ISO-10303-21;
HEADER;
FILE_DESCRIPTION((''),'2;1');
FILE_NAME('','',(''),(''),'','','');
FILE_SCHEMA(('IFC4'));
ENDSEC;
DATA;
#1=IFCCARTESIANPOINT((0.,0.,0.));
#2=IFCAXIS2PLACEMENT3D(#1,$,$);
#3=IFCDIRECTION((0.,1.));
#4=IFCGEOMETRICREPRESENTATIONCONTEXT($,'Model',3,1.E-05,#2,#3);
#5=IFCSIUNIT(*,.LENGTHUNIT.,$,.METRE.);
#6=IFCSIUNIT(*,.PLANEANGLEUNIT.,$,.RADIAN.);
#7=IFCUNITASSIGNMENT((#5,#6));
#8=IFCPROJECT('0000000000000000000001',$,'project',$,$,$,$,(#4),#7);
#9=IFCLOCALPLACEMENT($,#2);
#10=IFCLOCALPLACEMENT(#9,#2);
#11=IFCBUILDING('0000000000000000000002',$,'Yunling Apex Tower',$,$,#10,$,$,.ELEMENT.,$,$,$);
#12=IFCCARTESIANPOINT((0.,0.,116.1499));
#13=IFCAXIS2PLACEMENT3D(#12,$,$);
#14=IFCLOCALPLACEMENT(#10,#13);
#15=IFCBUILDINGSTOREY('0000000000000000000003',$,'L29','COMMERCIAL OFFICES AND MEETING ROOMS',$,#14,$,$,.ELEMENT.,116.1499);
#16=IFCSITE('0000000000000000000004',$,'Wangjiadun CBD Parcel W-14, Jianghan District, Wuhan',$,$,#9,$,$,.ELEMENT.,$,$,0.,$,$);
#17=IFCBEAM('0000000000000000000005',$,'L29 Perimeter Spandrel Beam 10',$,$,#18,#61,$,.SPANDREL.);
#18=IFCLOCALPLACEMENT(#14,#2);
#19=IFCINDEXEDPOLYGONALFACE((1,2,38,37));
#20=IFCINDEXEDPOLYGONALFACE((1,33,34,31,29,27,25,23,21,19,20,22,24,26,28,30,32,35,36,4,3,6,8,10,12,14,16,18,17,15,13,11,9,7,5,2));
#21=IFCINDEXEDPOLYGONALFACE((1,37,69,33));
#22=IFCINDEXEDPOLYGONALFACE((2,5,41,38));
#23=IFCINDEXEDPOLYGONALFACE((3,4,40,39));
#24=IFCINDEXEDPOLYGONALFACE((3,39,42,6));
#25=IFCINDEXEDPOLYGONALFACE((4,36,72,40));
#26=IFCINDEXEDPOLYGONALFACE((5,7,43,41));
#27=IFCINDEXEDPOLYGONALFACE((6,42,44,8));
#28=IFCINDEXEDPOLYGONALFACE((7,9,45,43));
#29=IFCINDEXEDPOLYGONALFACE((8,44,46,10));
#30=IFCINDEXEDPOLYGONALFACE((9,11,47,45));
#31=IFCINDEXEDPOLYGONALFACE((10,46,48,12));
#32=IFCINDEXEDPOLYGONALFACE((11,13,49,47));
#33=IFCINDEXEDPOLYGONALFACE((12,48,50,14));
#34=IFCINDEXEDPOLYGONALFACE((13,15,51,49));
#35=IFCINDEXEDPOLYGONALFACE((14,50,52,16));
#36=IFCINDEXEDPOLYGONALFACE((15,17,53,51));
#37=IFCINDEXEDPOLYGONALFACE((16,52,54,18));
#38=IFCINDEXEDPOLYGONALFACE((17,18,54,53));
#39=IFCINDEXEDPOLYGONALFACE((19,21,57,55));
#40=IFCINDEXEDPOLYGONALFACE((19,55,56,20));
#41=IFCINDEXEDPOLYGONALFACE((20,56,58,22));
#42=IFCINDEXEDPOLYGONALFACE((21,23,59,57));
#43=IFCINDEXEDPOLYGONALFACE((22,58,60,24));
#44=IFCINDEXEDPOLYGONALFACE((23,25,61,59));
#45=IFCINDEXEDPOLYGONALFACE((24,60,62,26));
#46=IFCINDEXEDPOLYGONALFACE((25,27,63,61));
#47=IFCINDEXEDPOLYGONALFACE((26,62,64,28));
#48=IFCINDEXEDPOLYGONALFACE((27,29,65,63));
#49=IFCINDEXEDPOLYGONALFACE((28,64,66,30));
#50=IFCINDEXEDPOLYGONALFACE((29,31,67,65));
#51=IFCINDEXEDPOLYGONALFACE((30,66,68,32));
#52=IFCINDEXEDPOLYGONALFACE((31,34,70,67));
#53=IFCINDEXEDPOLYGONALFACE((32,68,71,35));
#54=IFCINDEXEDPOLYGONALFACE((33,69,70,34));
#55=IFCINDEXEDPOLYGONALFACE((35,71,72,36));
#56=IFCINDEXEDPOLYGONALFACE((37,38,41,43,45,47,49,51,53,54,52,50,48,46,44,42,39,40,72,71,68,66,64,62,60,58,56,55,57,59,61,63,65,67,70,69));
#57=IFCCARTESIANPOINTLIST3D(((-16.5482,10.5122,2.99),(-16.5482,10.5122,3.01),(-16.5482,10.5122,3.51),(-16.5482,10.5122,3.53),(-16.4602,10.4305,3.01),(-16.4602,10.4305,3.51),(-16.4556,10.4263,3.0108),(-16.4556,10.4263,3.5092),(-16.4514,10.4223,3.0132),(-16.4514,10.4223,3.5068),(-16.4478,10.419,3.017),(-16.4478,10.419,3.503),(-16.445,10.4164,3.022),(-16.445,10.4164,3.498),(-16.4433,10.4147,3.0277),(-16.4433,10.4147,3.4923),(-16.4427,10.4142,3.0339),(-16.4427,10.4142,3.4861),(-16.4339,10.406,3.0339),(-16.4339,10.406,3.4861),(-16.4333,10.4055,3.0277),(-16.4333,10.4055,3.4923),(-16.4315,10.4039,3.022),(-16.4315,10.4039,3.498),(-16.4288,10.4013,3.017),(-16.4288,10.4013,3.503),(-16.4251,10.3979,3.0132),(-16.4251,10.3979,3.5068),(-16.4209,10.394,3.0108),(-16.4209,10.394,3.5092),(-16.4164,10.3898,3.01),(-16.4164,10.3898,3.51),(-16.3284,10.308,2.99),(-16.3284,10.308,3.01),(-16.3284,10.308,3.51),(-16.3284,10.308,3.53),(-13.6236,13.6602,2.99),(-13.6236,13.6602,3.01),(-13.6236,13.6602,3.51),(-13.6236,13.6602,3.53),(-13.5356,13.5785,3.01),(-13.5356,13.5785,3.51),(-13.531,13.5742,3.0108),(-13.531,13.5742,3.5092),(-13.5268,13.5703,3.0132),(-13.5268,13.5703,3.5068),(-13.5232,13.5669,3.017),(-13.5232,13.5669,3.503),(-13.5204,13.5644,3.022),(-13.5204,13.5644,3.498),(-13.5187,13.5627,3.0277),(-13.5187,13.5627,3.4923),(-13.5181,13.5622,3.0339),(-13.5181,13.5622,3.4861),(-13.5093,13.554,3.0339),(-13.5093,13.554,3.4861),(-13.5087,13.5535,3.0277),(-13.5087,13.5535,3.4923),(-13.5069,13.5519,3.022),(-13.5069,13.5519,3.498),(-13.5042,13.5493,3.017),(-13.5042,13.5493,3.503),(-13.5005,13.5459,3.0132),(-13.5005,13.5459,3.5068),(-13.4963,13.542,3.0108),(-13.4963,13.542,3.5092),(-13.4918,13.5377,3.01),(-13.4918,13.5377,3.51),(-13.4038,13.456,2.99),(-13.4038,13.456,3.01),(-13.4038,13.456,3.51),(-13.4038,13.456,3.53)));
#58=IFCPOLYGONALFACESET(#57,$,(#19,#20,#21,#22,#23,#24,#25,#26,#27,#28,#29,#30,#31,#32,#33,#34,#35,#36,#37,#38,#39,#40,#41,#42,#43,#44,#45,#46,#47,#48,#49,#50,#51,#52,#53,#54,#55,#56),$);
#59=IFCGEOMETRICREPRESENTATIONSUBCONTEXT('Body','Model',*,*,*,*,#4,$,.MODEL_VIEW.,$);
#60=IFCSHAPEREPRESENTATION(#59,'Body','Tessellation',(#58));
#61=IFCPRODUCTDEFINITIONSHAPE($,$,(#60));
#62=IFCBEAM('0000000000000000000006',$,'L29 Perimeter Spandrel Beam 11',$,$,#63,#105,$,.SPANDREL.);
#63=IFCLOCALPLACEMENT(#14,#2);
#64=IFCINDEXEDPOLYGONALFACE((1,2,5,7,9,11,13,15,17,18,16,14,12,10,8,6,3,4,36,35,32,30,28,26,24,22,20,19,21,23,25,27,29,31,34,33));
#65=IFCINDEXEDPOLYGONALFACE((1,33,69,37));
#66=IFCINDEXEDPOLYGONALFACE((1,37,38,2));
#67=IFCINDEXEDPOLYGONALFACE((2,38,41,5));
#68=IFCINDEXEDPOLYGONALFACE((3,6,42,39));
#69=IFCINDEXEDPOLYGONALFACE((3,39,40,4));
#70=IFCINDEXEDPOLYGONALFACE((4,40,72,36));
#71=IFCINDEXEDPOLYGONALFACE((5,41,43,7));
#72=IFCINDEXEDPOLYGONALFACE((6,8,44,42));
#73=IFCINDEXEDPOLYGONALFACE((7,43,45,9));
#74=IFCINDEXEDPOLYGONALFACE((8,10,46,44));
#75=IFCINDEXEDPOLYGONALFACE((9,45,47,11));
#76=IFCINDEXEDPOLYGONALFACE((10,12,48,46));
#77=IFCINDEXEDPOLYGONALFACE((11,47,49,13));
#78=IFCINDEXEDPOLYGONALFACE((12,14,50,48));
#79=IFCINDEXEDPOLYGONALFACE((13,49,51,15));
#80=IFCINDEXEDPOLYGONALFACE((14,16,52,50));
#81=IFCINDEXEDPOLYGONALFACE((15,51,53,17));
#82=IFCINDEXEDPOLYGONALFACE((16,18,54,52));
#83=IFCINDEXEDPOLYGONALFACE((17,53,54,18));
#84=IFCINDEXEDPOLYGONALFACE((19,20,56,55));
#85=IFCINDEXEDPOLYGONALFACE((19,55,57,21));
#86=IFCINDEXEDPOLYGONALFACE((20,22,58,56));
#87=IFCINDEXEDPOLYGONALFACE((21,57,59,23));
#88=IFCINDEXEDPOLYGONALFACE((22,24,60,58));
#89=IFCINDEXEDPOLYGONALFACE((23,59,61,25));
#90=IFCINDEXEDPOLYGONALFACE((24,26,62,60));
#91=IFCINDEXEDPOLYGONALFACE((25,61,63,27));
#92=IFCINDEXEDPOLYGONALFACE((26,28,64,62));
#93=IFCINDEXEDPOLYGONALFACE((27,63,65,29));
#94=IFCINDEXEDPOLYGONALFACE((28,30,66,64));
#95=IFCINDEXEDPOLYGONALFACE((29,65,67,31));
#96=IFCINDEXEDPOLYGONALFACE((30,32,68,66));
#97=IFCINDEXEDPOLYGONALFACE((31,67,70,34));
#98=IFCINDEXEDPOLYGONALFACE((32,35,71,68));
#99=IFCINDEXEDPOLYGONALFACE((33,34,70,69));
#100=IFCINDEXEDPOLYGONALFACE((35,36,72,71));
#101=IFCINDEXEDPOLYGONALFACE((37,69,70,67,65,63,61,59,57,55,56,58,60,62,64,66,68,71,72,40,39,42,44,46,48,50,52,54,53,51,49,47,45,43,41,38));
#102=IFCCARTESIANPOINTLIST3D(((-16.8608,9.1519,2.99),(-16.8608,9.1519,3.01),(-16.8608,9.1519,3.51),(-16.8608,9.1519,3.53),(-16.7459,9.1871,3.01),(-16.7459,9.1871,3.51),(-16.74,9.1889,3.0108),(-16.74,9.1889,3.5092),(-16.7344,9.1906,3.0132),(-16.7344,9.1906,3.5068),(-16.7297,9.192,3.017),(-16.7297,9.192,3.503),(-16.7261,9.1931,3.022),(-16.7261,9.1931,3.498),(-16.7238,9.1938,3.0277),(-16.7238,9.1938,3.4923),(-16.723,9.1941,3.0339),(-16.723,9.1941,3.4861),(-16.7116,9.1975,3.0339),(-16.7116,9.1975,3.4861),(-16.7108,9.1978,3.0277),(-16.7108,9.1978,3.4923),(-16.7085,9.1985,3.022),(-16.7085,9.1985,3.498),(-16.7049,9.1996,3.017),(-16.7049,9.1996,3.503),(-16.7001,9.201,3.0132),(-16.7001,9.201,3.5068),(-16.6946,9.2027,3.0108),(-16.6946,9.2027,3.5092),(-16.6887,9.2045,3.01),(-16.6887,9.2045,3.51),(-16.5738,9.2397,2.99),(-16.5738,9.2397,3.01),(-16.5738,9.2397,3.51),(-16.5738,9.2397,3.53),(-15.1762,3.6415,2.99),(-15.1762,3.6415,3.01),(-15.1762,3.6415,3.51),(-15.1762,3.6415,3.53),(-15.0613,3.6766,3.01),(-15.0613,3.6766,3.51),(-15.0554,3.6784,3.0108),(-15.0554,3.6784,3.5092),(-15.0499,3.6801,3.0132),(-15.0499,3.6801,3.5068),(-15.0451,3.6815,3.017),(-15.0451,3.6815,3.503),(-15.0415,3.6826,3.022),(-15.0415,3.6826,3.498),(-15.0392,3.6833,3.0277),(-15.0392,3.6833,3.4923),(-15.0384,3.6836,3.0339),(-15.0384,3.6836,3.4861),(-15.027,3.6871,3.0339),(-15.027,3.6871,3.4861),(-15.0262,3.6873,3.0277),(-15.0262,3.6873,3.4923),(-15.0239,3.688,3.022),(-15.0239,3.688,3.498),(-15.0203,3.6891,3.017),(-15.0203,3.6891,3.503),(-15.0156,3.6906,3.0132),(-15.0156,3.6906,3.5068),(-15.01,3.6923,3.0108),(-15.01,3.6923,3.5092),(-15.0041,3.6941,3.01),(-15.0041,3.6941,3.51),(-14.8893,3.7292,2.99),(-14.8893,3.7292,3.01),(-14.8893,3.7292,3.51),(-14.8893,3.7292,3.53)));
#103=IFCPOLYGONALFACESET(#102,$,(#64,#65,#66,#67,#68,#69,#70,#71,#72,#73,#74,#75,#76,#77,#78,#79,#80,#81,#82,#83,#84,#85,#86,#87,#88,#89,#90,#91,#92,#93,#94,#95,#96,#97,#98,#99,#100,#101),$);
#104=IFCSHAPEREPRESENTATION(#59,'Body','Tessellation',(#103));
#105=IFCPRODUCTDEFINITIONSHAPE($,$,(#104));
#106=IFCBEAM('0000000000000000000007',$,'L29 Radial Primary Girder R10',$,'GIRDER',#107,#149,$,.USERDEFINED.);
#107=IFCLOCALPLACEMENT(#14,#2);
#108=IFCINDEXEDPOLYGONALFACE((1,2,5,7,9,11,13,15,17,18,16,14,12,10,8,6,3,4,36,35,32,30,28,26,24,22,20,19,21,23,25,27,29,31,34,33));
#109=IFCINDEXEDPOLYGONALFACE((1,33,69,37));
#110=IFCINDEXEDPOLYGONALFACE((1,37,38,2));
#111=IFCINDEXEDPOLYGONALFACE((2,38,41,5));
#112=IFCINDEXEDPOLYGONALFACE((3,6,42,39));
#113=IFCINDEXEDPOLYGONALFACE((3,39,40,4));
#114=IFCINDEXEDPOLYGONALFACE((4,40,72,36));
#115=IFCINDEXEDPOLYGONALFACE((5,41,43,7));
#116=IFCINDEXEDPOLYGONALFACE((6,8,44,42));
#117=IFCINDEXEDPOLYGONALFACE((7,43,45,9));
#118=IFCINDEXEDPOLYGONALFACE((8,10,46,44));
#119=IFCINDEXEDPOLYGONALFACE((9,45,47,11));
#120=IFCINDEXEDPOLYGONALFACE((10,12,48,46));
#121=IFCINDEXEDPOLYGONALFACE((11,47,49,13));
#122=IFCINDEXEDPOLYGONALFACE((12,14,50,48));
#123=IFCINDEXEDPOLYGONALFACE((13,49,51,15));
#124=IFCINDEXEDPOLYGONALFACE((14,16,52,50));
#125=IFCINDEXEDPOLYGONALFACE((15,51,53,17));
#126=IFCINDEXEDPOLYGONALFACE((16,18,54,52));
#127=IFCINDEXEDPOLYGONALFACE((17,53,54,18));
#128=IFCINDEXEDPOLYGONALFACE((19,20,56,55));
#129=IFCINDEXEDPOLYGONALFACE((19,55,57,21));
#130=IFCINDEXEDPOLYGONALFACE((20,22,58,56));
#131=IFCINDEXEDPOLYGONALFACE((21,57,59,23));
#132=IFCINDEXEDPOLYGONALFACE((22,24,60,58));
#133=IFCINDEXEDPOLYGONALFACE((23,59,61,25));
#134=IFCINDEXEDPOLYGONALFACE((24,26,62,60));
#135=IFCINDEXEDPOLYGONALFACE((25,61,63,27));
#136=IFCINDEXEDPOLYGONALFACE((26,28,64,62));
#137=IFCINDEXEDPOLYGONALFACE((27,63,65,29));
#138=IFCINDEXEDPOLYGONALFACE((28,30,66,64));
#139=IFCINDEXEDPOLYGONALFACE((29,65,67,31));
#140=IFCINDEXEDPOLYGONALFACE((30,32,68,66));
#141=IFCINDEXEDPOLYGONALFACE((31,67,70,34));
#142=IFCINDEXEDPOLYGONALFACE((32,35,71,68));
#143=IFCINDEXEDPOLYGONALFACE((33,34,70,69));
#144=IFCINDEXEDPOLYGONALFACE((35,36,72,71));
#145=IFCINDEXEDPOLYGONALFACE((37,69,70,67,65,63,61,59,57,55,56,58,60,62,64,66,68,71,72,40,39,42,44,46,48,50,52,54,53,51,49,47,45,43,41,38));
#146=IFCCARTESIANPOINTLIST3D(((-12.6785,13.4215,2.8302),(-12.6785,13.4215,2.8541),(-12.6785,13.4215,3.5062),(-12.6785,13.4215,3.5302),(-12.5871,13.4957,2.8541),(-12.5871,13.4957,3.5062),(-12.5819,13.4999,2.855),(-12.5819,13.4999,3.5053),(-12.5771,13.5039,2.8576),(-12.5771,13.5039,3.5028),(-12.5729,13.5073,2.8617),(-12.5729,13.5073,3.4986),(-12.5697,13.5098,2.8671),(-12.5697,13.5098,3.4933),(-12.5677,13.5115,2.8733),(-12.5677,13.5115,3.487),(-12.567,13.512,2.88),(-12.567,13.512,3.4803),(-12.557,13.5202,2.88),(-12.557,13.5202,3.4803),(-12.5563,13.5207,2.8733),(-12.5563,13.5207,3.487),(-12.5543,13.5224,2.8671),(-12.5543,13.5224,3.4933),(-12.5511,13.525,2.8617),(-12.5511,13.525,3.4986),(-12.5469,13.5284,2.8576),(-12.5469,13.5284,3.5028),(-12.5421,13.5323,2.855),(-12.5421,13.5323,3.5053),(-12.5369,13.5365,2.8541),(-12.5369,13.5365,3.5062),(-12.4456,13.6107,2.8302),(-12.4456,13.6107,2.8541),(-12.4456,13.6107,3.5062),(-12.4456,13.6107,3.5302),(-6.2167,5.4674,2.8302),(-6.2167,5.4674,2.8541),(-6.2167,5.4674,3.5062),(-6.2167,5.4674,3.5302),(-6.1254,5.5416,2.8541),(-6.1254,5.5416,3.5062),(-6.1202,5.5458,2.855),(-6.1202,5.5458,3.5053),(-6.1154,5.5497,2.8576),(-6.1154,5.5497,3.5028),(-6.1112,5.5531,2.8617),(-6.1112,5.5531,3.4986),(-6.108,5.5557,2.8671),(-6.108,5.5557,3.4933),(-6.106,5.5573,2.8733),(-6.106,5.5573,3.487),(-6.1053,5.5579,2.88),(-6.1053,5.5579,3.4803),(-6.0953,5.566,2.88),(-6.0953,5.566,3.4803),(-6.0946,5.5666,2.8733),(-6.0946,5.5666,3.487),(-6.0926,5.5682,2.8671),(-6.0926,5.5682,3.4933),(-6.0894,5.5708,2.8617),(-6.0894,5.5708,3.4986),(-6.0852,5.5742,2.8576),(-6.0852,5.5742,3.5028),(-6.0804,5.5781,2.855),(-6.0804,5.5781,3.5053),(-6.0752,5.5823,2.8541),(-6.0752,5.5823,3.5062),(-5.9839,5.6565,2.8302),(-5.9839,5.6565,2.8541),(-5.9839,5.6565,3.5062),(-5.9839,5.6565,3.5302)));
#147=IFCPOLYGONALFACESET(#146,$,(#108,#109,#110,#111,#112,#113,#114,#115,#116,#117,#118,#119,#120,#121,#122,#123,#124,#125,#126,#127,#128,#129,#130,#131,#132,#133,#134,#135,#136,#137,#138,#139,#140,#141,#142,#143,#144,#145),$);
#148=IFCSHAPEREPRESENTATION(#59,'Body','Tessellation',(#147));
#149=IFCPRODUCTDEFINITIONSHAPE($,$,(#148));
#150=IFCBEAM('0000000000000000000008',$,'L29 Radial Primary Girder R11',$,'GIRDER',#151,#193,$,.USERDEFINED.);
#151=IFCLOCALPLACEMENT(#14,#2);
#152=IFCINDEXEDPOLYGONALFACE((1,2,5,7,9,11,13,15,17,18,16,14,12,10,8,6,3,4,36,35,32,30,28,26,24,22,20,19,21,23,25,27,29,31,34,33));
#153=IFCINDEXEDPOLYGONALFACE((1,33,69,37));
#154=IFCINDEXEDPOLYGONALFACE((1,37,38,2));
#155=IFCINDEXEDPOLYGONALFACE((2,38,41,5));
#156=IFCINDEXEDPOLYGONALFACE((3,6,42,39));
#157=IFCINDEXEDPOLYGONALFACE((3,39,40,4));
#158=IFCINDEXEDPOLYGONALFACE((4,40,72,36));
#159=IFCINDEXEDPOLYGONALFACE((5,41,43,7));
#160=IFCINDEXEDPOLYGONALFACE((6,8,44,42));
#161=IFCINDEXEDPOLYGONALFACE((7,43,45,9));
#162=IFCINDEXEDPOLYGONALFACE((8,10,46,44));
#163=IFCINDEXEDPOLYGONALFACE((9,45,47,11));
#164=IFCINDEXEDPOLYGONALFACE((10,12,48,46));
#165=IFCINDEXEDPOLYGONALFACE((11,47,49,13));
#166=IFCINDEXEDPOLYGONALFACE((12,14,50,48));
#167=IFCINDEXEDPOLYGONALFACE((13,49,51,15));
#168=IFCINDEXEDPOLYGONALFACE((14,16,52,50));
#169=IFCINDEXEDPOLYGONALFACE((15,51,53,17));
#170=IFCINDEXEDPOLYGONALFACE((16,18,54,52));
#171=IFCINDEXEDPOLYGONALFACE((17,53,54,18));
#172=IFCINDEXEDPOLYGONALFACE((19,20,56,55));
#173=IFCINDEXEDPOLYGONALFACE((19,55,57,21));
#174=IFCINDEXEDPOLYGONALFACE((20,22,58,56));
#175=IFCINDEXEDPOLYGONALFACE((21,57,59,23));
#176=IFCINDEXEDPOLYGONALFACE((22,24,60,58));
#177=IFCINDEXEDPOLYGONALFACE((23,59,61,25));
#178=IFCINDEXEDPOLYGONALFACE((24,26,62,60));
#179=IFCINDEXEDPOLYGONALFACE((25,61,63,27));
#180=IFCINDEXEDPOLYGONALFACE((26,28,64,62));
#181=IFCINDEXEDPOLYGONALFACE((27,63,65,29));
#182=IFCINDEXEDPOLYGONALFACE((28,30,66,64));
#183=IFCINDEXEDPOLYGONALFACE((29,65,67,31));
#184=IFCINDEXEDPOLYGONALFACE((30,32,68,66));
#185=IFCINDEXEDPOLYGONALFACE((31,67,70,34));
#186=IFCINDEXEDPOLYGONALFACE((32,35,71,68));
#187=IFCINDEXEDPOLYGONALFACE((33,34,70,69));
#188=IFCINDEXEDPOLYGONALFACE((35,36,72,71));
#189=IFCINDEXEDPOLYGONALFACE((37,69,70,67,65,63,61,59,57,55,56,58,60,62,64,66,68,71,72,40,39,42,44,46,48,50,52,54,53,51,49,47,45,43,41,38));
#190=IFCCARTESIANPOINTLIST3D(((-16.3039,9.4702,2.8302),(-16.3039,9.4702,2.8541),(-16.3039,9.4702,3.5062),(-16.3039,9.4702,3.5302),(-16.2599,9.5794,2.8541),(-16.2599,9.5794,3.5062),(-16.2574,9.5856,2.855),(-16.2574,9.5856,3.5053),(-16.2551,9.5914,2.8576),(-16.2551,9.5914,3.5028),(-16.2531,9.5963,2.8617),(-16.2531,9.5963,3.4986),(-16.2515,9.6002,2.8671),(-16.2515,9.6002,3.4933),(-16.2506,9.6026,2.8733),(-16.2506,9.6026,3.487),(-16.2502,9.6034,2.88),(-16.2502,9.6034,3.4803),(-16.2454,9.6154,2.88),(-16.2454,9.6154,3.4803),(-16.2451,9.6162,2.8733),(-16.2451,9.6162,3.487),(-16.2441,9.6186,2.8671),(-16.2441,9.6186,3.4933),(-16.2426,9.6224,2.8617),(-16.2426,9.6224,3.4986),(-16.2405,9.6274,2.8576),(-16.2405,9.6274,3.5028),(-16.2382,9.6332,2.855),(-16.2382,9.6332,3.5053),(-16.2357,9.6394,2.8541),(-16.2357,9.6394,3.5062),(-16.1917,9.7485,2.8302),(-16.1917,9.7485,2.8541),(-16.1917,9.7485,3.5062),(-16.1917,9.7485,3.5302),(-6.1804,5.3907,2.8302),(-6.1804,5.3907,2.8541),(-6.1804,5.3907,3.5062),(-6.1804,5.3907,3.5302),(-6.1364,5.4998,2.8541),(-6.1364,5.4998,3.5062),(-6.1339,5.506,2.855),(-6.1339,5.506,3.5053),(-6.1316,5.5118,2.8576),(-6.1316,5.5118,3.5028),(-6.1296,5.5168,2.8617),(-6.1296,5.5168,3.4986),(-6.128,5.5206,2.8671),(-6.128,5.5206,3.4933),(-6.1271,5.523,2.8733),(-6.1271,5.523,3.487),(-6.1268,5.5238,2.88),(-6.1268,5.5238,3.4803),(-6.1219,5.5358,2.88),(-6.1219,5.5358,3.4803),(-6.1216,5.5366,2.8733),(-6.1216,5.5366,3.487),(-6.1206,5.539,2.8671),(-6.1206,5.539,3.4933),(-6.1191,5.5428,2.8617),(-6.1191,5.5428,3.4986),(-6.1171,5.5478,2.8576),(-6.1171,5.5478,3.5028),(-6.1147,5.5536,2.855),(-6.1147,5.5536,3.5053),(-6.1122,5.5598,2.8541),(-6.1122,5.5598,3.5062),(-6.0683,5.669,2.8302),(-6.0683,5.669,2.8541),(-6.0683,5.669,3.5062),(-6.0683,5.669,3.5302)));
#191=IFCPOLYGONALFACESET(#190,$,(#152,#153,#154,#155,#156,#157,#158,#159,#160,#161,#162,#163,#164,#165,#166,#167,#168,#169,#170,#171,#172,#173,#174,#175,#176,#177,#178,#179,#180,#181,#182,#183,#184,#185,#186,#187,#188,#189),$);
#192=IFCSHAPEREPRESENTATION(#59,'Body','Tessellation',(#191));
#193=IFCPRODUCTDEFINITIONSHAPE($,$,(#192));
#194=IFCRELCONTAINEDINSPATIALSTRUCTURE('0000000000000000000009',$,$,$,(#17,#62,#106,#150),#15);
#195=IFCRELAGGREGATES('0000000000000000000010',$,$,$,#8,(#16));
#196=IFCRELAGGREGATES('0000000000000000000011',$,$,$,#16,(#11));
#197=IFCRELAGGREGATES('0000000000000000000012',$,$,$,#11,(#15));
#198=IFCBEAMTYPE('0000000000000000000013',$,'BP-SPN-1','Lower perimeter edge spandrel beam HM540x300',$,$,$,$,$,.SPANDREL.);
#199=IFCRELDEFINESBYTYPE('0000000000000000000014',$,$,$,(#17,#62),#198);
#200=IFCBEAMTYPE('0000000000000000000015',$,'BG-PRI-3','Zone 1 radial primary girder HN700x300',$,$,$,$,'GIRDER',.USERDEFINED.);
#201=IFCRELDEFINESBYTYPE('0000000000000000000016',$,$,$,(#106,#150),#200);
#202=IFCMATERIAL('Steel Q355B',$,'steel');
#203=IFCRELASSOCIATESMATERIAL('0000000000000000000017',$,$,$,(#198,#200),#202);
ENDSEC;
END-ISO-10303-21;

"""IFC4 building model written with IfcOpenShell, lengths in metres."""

from ifc_helpers import new_model, si_unit, direction, frame, origin, origin_2d, place, context, subcontext, project, spatial, i_section, extrude, source, transform, mapped, material, material_profile, profile_set, type_object, element, save


model = new_model("IFC4")

# Units and contexts
model_context = context("Model", 3, precision=1e-05, world=origin(), true_north=direction((0.0, 1.0)))
body_context = subcontext(model_context, "Body", "Model", "MODEL_VIEW")
ifc_project = project(units=[si_unit("LENGTHUNIT", "METRE"), si_unit("PLANEANGLEUNIT", "RADIAN")], contexts=[model_context])

# Site, building, storey
site_placement = place(None, origin())
site = spatial("IfcSite", under=ifc_project, at=site_placement, Name="Wangjiadun CBD Parcel W-14, Jianghan District, Wuhan", CompositionType="ELEMENT", RefElevation=0.0)
building_placement = place(site_placement, origin())
building = spatial("IfcBuilding", under=site, at=building_placement, Name="Yunling Apex Tower", CompositionType="ELEMENT")
storey_placement = place(building_placement, frame((0.0, 0.0, 116.1499)))
storey = spatial("IfcBuildingStorey", under=building, at=storey_placement, Name="L29", Description="COMMERCIAL OFFICES AND MEETING ROOMS", CompositionType="ELEMENT", Elevation=116.1499)

# Beams
ifc_material_1 = material(Name="Steel Q355B", Category="steel")
ifc_material_profile_1 = material_profile(ifc_material_1, i_section(OverallWidth=0.3, OverallDepth=0.54, WebThickness=0.012, FlangeThickness=0.02, FilletRadius=0.0239, at=origin_2d()))
ifc_profile_set_1 = profile_set([ifc_material_profile_1], Name="Steel Q355B")
beam_type_1 = type_object("IfcBeamType", Name="BP-SPN-1", Description="Lower perimeter edge spandrel beam HM540x300", PredefinedType="SPANDREL", material=ifc_profile_set_1)
shared_shape_1 = source(origin(), body_context, "Body", "SweptSolid", [
    extrude(i_section(OverallWidth=0.3, OverallDepth=0.54, WebThickness=0.012, FlangeThickness=0.02, FilletRadius=0.0239, at=origin_2d()), origin(), (0.0, 0.0, 1.0), 4.2969),
])
beam_1_placement = place(storey_placement, frame((-13.5137, 13.5581, 3.26), z_axis=(-0.680634, -0.732623, 0.0), x_axis=(0.732623, -0.680634, 0.0)))
element("IfcBeam", 1, at=beam_1_placement, inside=storey, type_object=beam_type_1, Name="L29 Perimeter Spandrel Beam 10", PredefinedType="SPANDREL", context=body_context, shape_type="MappedRepresentation", body=[
    mapped(shared_shape_1, transform((0.0, 0.0, 0.0), scale=1.0)),
])
shared_shape_2 = source(origin(), body_context, "Body", "SweptSolid", [
    extrude(i_section(OverallWidth=0.3, OverallDepth=0.54, WebThickness=0.012, FlangeThickness=0.02, FilletRadius=0.0239, at=origin_2d()), origin(), (0.0, 0.0, 1.0), 5.7622),
])
beam_2_placement = place(storey_placement, frame((-16.7173, 9.1958, 3.26), z_axis=(0.292347, -0.956312, 0.0), x_axis=(0.956312, 0.292347, 0.0)))
element("IfcBeam", 2, at=beam_2_placement, inside=storey, type_object=beam_type_1, Name="L29 Perimeter Spandrel Beam 11", PredefinedType="SPANDREL", context=body_context, shape_type="MappedRepresentation", body=[
    mapped(shared_shape_2, transform((0.0, 0.0, 0.0), scale=1.0)),
])
ifc_material_profile_2 = material_profile(ifc_material_1, i_section(OverallWidth=0.3, OverallDepth=0.7, WebThickness=0.0129, FlangeThickness=0.0239, FilletRadius=0.0259, at=origin_2d()))
ifc_profile_set_2 = profile_set([ifc_material_profile_2], Name="Steel Q355B")
beam_type_2 = type_object("IfcBeamType", Name="BG-PRI-3", Description="Zone 1 radial primary girder HN700x300", ElementType="GIRDER", PredefinedType="USERDEFINED", material=ifc_profile_set_2)
shared_shape_3 = source(origin(), body_context, "Body", "SweptSolid", [
    extrude(i_section(OverallWidth=0.3, OverallDepth=0.7, WebThickness=0.0129, FlangeThickness=0.0239, FilletRadius=0.0259, at=origin_2d()), origin(), (0.0, 0.0, 1.0), 10.248),
])
beam_3_placement = place(storey_placement, frame((-12.562, 13.5161, 3.1802), z_axis=(0.630532, -0.776164, 0.0), x_axis=(0.776164, 0.630532, 0.0)))
element("IfcBeam", 3, at=beam_3_placement, inside=storey, type_object=beam_type_2, Name="L29 Radial Primary Girder R10", ObjectType="GIRDER", PredefinedType="USERDEFINED", context=body_context, shape_type="MappedRepresentation", body=[
    mapped(shared_shape_3, transform((0.0, 0.0, 0.0), scale=1.0)),
])
shared_shape_4 = source(origin(), body_context, "Body", "SweptSolid", [
    extrude(i_section(OverallWidth=0.3, OverallDepth=0.7, WebThickness=0.0129, FlangeThickness=0.0239, FilletRadius=0.0259, at=origin_2d()), origin(), (0.0, 0.0, 1.0), 10.9146),
])
beam_4_placement = place(storey_placement, frame((-16.2478, 9.6094, 3.1802), z_axis=(0.92752, -0.373773, 0.0), x_axis=(0.373773, 0.92752, 0.0)))
element("IfcBeam", 4, at=beam_4_placement, inside=storey, type_object=beam_type_2, Name="L29 Radial Primary Girder R11", ObjectType="GIRDER", PredefinedType="USERDEFINED", context=body_context, shape_type="MappedRepresentation", body=[
    mapped(shared_shape_4, transform((0.0, 0.0, 0.0), scale=1.0)),
])

save(model, "model.ifc")
